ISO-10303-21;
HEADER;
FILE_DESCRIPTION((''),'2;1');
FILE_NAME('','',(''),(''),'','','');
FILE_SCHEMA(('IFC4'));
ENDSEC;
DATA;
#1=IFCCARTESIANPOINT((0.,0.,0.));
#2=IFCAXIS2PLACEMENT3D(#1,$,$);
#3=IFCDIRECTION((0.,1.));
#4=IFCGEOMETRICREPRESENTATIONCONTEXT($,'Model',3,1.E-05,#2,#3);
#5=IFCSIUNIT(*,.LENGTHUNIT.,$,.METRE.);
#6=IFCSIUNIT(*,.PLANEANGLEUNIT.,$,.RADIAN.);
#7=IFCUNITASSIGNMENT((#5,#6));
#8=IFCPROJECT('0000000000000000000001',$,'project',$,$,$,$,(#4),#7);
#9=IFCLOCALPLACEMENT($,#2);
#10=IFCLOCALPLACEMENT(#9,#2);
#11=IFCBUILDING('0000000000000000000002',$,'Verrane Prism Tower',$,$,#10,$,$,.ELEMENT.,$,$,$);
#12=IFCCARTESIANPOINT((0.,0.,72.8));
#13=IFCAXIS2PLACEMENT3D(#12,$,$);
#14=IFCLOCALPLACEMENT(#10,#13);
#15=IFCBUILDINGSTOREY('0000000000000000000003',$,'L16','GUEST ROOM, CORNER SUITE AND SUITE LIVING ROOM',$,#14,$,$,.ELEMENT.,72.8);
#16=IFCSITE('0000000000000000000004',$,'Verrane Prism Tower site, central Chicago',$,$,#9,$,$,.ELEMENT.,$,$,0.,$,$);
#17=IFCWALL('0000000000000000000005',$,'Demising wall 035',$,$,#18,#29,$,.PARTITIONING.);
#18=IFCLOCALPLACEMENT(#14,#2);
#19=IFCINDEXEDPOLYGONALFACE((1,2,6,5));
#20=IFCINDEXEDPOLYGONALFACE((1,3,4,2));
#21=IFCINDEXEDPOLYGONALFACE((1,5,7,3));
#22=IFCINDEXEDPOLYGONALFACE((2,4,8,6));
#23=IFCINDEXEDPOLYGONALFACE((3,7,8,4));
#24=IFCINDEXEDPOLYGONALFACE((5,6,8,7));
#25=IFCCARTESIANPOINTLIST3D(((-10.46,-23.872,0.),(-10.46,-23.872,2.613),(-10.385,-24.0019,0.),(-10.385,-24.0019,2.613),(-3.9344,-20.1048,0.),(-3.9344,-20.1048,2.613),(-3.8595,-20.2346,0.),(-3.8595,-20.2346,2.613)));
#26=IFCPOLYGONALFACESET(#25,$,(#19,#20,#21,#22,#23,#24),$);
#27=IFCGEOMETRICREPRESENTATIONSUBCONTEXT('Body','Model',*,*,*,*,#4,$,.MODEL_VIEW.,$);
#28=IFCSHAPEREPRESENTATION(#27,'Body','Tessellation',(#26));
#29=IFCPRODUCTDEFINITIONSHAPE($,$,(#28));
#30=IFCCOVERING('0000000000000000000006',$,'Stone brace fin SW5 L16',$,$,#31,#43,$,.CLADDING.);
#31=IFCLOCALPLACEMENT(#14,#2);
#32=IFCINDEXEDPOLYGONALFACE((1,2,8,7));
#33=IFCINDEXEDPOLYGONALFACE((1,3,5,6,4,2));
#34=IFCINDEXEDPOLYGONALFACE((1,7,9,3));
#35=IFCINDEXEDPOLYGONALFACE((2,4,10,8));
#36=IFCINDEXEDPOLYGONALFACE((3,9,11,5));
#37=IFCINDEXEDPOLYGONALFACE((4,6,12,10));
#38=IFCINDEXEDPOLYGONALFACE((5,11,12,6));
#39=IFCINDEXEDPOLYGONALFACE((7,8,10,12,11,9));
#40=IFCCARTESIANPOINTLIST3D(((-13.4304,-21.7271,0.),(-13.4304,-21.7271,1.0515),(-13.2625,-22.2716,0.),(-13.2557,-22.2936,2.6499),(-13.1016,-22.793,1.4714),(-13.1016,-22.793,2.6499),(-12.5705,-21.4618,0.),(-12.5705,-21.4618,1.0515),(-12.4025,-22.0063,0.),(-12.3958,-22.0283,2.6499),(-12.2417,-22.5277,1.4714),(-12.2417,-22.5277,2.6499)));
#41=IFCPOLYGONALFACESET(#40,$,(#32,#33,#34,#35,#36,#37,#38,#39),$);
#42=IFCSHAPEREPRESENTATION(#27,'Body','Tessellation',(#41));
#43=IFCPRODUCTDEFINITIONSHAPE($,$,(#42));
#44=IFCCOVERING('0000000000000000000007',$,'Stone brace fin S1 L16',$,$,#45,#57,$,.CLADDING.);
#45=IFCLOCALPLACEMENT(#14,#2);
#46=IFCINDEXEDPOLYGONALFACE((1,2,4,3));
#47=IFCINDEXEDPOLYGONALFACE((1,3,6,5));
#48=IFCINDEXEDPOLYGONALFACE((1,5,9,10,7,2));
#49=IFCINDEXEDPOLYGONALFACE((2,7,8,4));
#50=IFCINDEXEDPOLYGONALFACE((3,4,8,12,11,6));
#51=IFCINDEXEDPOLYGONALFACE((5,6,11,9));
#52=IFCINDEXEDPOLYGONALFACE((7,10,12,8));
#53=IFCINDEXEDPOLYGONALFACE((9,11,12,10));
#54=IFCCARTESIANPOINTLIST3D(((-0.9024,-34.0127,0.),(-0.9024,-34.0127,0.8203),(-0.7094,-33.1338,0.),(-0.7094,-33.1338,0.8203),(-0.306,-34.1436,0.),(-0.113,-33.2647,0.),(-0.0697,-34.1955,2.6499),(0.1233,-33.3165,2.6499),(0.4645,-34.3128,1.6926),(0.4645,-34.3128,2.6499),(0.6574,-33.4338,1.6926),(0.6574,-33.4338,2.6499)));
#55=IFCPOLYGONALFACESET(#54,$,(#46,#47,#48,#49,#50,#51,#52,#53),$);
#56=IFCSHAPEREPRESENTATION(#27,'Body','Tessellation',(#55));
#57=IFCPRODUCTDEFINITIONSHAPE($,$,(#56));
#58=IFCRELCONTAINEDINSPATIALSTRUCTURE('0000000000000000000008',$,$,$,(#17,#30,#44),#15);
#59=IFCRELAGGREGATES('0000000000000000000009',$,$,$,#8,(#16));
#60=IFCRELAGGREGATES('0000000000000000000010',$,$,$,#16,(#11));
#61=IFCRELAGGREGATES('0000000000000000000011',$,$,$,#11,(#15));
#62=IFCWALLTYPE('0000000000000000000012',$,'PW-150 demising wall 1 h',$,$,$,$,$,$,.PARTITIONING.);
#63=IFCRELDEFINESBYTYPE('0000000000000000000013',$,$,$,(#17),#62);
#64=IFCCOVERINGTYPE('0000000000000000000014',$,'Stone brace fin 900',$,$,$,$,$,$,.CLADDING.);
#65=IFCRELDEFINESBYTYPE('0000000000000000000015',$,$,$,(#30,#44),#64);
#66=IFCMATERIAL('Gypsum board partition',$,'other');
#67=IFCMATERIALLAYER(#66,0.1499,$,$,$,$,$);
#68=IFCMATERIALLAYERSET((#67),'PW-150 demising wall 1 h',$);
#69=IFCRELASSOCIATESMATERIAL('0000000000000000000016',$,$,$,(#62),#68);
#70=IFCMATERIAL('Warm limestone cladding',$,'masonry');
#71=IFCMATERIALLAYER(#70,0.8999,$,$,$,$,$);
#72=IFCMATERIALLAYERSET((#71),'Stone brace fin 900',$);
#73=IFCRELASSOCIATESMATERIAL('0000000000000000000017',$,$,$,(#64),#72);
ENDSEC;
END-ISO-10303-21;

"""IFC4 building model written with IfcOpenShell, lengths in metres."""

from ifc_helpers import new_model, si_unit, direction, frame, frame_2d, origin, place, context, subcontext, project, spatial, polyline, rectangle, outline, extrude, material, layer, layer_set, type_object, element, save


model = new_model("IFC4")

# Units and contexts
model_context = context("Model", 3, precision=1e-05, world=origin(), true_north=direction((0.0, 1.0)))
body_context = subcontext(model_context, "Body", "Model", "MODEL_VIEW")
ifc_project = project(units=[si_unit("LENGTHUNIT", "METRE"), si_unit("PLANEANGLEUNIT", "RADIAN")], contexts=[model_context])

# Site, building, storey
site_placement = place(None, origin())
site = spatial("IfcSite", under=ifc_project, at=site_placement, Name="Verrane Prism Tower site, central Chicago", CompositionType="ELEMENT", RefElevation=0.0)
building_placement = place(site_placement, origin())
building = spatial("IfcBuilding", under=site, at=building_placement, Name="Verrane Prism Tower", CompositionType="ELEMENT")
storey_placement = place(building_placement, frame((0.0, 0.0, 72.8)))
storey = spatial("IfcBuildingStorey", under=building, at=storey_placement, Name="L16", Description="GUEST ROOM, CORNER SUITE AND SUITE LIVING ROOM", CompositionType="ELEMENT", Elevation=72.8)

# Wall
ifc_material_1 = material(Name="Gypsum board partition", Category="other")
ifc_layer_1 = layer(ifc_material_1, 0.1499)
ifc_layer_set_1 = layer_set([ifc_layer_1], Name="PW-150 demising wall 1 h")
wall_type_1 = type_object("IfcWallType", Name="PW-150 demising wall 1 h", PredefinedType="PARTITIONING", material=ifc_layer_set_1)
wall_1_placement = place(storey_placement, frame((-10.4226, -23.937, 0.0), z_axis=(0.0, 0.0, 1.0), x_axis=(0.866039, 0.499976, 0.0)))
element("IfcWall", 1, at=wall_1_placement, inside=storey, type_object=wall_type_1, Name="Demising wall 035", PredefinedType="PARTITIONING", context=body_context, shape_type="SweptSolid", body=[
    extrude(rectangle(XDim=7.5349, YDim=0.1499, at=frame_2d((3.7676, 0.0))), origin(), (0.0, 0.0, 1.0), 2.613),
])

# Coverings
ifc_material_2 = material(Name="Warm limestone cladding", Category="masonry")
ifc_layer_2 = layer(ifc_material_2, 0.8999)
ifc_layer_set_2 = layer_set([ifc_layer_2], Name="Stone brace fin 900")
covering_type = type_object("IfcCoveringType", Name="Stone brace fin 900", PredefinedType="CLADDING", material=ifc_layer_set_2)
covering_1_placement = place(storey_placement, frame((-13.0005, -21.5945, 0.0), z_axis=(0.0, 0.0, 1.0), x_axis=(0.294809, -0.955556, 0.0)))
element("IfcCovering", 2, at=covering_1_placement, inside=storey, type_object=covering_type, Name="Stone brace fin SW5 L16", PredefinedType="CLADDING", context=body_context, shape_type="SweptSolid", body=[
    extrude(outline(polyline([(1.1155, 2.6499), (0.5928, 2.6499), (0.0, 1.0515), (0.0, 0.0), (0.5698, 0.0), (1.1155, 1.4714), (1.1155, 2.6499)])), frame((0.0, 0.45, 0.0), z_axis=(0.0, -1.0, 0.0), x_axis=(1.0, 0.0, 0.0)), (0.0, 0.0, 1.0), 0.8999),
])
covering_2_placement = place(storey_placement, frame((-0.8059, -33.5732, 0.0), z_axis=(0.0, 0.0, 1.0), x_axis=(0.976746, -0.214399, 0.0)))
element("IfcCovering", 3, at=covering_2_placement, inside=storey, type_object=covering_type, Name="Stone brace fin S1 L16", PredefinedType="CLADDING", context=body_context, shape_type="SweptSolid", body=[
    extrude(outline(polyline([(1.3994, 2.6499), (0.8525, 2.6499), (0.0, 0.8203), (0.0, 0.0), (0.6106, 0.0), (1.3994, 1.6926), (1.3994, 2.6499)])), frame((0.0, 0.45, 0.0), z_axis=(0.0, -1.0, 0.0), x_axis=(1.0, 0.0, 0.0)), (0.0, 0.0, 1.0), 0.8999),
])

save(model, "model.ifc")
